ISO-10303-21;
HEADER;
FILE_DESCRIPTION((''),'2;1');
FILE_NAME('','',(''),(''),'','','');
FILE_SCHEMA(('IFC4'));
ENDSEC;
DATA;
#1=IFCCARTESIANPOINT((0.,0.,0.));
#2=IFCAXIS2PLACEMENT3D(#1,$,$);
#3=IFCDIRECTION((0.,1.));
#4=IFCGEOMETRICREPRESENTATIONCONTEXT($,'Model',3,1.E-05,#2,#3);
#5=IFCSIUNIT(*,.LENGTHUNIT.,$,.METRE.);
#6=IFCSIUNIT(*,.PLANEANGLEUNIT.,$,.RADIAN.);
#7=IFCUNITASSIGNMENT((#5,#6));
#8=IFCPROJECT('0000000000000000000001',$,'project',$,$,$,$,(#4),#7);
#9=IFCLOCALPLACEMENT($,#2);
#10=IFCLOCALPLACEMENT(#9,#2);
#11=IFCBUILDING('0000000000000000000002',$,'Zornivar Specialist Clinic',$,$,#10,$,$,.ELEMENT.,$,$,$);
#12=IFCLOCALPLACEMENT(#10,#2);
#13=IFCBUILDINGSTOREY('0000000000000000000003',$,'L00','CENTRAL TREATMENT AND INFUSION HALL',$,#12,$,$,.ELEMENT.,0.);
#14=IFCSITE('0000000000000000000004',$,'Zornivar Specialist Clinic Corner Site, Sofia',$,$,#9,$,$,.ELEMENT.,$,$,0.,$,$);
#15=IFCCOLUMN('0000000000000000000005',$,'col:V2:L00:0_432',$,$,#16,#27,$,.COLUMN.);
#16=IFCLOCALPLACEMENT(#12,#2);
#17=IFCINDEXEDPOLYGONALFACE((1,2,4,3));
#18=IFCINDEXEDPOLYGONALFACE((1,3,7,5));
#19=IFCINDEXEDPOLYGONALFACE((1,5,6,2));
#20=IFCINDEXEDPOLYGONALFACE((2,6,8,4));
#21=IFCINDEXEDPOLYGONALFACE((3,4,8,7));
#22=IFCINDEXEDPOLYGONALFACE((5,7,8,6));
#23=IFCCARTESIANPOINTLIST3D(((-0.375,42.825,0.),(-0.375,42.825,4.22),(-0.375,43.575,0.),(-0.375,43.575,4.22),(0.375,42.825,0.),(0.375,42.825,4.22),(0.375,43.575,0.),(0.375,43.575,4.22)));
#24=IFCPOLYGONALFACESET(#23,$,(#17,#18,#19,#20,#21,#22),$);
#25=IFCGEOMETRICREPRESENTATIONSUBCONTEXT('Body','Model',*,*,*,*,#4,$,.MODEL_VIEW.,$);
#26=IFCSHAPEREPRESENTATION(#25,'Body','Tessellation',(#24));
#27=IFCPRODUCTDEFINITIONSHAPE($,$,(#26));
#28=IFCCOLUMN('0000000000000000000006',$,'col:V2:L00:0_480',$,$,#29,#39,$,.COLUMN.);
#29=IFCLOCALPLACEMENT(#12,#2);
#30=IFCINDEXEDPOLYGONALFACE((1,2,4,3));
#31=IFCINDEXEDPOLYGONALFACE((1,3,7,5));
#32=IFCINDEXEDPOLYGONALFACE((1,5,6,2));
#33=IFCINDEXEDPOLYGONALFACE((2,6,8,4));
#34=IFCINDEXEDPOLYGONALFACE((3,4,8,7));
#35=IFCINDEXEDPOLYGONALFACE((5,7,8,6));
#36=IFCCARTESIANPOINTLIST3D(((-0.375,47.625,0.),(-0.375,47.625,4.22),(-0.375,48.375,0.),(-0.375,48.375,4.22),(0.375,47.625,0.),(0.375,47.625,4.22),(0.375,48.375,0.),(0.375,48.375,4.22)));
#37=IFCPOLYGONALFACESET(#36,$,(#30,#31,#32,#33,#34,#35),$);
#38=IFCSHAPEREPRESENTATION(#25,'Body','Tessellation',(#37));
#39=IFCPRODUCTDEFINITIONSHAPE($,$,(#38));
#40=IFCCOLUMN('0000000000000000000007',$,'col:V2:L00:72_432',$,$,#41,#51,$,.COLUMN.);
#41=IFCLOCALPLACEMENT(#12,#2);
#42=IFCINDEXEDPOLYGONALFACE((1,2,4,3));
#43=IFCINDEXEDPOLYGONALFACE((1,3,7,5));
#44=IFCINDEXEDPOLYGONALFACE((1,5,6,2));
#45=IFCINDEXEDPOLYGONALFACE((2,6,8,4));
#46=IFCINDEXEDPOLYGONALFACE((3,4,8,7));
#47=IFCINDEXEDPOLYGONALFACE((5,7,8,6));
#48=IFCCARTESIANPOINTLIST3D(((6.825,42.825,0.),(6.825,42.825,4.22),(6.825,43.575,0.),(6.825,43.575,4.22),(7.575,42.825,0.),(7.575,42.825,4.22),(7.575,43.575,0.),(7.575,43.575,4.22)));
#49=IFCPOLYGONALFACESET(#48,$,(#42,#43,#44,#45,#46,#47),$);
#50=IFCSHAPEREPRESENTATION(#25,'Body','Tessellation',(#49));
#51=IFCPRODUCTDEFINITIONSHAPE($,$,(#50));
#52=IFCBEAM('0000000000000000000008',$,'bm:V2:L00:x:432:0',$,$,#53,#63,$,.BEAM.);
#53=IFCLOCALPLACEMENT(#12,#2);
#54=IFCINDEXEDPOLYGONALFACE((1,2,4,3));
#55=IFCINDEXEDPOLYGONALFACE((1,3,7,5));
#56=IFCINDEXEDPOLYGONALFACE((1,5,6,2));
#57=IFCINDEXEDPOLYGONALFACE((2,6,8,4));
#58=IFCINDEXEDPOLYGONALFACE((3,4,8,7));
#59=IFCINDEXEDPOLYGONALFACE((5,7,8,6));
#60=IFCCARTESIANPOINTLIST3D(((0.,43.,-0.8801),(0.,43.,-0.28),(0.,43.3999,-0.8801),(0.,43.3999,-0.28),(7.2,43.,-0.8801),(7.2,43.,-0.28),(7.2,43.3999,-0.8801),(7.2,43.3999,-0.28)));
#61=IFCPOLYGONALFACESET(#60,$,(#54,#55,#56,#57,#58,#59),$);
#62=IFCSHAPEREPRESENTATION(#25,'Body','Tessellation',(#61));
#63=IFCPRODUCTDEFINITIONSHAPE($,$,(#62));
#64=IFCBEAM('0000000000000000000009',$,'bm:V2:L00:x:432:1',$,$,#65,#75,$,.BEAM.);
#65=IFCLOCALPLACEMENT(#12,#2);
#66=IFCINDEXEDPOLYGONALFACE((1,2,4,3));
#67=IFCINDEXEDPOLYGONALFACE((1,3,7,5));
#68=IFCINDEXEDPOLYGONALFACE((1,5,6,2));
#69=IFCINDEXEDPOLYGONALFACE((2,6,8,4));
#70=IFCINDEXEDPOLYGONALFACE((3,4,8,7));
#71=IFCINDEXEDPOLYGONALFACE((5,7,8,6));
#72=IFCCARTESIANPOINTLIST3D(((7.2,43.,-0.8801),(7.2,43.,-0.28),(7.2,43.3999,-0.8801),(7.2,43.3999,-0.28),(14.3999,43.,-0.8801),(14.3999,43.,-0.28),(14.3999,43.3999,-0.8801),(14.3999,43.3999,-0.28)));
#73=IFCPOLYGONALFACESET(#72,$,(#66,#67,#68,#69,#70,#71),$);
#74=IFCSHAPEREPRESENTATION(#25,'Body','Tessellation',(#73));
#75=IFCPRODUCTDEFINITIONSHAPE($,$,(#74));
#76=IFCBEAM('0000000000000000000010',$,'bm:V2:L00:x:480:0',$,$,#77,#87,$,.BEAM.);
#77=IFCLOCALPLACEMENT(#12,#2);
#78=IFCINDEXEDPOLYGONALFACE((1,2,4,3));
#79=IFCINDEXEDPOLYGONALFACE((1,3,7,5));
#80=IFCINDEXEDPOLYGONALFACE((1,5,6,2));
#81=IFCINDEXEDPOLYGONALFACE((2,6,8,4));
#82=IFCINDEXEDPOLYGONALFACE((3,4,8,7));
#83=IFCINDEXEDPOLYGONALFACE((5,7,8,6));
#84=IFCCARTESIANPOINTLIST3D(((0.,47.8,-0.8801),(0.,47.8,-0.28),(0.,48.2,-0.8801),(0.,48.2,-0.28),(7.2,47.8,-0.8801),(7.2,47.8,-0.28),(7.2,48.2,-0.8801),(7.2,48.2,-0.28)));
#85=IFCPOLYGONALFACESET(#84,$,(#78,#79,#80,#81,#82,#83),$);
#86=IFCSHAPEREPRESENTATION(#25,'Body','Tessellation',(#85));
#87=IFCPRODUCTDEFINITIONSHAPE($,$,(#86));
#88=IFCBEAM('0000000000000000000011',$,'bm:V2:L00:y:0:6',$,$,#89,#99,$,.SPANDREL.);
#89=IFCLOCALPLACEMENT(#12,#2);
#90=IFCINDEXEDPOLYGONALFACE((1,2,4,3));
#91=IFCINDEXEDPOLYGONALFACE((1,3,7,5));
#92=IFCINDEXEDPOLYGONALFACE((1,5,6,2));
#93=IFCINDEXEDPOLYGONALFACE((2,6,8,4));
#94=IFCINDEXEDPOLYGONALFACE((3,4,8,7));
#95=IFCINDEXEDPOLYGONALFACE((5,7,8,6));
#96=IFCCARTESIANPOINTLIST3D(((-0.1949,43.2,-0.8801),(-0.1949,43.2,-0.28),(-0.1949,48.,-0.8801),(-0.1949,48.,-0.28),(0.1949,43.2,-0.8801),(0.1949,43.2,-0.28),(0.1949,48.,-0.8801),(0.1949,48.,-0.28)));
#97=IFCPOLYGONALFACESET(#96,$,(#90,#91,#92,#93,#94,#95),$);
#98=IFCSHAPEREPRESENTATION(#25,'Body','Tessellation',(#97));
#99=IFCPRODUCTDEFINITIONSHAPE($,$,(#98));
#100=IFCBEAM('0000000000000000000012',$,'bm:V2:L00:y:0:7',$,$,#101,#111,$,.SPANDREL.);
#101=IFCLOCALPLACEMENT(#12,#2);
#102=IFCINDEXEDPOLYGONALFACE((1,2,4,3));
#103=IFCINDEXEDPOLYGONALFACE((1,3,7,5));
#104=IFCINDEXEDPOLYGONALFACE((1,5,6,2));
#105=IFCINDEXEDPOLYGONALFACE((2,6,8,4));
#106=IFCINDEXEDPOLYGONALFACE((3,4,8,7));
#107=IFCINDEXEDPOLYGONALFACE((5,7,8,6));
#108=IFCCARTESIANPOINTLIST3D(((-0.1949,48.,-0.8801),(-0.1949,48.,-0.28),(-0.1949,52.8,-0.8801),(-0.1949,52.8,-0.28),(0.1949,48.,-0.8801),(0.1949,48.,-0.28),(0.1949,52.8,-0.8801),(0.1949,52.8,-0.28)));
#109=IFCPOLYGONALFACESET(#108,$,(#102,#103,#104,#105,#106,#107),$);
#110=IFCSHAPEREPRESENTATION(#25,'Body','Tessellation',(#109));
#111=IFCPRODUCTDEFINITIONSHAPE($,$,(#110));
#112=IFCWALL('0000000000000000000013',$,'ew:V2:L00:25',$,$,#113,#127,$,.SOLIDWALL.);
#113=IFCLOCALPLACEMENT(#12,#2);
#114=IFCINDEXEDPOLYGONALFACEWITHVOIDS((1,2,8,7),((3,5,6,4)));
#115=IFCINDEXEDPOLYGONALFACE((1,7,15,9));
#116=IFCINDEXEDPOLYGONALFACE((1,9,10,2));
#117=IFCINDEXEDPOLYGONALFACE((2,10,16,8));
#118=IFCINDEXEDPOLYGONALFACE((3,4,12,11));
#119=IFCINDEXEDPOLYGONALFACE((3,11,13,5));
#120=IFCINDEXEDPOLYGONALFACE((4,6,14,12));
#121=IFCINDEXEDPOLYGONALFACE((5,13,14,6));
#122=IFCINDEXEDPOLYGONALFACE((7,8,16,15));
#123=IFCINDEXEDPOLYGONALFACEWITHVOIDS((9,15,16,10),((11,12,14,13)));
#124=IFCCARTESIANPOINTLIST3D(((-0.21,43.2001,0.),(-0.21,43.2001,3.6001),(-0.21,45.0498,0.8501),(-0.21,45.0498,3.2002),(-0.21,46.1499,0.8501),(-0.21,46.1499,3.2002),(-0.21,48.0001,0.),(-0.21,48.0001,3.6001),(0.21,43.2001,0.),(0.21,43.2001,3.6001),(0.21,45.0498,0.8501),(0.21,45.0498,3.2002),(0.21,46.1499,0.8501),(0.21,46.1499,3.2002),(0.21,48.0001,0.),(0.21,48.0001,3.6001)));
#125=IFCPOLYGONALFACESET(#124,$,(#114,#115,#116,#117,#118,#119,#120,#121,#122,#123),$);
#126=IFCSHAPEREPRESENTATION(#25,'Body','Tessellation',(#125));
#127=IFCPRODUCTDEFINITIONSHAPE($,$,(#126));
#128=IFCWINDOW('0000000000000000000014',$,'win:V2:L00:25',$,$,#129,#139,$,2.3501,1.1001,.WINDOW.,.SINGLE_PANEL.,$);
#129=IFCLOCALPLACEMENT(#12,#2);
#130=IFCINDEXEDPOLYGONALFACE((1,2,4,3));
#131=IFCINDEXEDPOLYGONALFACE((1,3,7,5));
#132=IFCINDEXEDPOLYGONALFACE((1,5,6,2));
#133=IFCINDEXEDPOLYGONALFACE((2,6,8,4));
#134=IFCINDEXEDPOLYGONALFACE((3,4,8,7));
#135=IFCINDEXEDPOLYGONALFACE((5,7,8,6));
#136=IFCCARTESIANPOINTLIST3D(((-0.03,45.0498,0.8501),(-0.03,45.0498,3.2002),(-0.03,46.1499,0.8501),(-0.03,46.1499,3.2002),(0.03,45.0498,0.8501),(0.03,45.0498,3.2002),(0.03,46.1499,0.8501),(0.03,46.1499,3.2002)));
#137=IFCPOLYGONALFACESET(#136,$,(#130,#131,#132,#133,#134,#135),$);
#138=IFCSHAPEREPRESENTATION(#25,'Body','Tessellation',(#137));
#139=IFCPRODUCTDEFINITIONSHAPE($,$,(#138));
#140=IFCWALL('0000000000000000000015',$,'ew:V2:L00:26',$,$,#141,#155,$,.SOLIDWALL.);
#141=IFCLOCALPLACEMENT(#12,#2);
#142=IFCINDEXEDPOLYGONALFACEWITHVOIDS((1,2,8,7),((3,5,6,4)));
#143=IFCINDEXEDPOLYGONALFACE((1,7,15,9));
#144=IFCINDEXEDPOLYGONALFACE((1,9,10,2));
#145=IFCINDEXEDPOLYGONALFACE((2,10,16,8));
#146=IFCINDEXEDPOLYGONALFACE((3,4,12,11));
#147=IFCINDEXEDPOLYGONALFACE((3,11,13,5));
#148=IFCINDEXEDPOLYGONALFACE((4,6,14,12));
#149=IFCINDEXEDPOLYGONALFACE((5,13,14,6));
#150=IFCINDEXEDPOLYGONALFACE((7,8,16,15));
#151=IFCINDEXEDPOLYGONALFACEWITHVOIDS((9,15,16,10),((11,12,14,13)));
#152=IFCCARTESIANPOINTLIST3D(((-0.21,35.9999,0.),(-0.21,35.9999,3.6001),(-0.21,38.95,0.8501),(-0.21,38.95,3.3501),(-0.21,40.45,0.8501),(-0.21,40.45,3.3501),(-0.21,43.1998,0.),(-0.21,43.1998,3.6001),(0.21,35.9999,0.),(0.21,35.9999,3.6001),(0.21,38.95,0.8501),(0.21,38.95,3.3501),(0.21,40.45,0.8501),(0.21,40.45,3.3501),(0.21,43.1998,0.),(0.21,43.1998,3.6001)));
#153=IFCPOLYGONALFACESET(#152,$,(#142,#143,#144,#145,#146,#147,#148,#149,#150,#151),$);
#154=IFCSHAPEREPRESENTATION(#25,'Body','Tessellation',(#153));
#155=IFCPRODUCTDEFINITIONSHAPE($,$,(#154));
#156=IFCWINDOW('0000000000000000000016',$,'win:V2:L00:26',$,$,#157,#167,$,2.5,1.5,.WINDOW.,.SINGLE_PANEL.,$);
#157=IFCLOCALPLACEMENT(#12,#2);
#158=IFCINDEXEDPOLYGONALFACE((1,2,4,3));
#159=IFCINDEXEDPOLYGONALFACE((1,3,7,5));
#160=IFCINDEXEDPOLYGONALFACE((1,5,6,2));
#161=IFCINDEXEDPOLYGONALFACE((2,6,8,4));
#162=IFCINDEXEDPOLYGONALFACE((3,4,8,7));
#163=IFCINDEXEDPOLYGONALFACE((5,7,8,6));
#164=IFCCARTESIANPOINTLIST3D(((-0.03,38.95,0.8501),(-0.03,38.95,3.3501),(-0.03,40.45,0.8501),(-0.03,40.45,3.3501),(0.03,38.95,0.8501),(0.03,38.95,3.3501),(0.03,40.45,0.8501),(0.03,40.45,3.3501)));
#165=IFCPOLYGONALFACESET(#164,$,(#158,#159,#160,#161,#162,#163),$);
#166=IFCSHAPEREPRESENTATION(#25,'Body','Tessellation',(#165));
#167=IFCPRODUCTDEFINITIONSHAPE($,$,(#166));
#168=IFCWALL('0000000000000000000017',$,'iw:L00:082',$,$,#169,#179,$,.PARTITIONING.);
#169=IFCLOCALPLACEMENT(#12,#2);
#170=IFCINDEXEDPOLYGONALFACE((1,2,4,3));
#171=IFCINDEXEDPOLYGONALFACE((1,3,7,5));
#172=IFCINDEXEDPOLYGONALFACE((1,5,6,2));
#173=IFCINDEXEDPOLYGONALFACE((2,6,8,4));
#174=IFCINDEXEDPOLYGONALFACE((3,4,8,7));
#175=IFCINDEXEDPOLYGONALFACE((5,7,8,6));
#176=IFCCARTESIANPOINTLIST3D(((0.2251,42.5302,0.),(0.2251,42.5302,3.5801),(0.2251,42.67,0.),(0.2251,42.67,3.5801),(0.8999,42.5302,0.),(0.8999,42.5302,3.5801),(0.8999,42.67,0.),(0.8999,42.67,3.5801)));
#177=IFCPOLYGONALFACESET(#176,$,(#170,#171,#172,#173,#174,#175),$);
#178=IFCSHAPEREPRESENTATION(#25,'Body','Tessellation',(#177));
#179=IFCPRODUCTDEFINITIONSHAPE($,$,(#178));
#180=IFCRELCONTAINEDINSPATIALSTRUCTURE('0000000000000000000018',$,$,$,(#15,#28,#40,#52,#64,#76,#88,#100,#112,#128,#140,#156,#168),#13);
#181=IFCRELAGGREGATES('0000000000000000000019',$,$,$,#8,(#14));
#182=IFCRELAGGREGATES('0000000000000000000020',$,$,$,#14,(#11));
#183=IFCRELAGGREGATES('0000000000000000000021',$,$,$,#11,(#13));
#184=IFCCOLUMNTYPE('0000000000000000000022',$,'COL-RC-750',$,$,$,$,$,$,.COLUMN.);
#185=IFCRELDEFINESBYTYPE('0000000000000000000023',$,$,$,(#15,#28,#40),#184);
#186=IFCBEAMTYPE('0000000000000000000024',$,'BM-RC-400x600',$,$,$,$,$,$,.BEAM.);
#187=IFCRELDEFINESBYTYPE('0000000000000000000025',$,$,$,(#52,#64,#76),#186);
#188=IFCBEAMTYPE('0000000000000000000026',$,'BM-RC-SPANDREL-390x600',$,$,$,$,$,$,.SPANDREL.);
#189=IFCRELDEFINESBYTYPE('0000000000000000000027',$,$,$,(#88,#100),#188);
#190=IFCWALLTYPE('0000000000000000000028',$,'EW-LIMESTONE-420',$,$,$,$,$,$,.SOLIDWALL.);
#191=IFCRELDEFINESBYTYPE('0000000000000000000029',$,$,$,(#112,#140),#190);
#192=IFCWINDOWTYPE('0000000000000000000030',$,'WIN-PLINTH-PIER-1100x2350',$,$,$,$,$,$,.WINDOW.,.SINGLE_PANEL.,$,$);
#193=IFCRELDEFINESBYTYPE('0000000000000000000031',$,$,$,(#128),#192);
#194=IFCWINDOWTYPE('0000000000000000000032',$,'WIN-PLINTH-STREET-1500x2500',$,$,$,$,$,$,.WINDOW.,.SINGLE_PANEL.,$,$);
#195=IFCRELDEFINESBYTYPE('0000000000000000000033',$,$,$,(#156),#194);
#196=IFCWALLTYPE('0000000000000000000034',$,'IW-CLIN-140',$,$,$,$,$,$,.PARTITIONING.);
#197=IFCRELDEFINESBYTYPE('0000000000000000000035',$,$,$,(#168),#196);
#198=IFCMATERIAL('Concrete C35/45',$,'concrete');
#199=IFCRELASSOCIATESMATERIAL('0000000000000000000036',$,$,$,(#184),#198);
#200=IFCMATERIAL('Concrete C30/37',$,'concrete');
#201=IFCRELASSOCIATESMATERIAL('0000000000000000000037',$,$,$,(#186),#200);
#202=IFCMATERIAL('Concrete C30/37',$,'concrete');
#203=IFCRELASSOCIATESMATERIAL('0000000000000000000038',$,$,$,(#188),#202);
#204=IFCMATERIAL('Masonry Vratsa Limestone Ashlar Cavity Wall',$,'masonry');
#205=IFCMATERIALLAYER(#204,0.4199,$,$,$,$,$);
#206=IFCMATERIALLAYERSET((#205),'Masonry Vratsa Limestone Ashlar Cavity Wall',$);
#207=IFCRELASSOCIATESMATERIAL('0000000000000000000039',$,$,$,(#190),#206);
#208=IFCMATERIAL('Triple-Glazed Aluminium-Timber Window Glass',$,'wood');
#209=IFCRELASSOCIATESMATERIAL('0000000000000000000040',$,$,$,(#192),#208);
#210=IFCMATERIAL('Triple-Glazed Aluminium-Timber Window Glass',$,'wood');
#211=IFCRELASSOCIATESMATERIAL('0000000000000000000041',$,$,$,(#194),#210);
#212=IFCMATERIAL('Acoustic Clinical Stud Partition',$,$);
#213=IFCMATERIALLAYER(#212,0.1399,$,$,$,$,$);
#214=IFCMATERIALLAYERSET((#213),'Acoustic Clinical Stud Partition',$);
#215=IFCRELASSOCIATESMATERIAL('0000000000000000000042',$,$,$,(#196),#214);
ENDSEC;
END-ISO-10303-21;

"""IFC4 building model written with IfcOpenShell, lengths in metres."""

from ifc_helpers import new_model, si_unit, direction, frame, frame_2d, origin, origin_2d, place, context, subcontext, project, spatial, rectangle, extrude, material, layer, layer_set, material_profile, profile_set, type_object, element, fill, save


model = new_model("IFC4")

# Units and contexts
model_context = context("Model", 3, precision=1e-05, world=origin(), true_north=direction((0.0, 1.0)))
body_context = subcontext(model_context, "Body", "Model", "MODEL_VIEW")
ifc_project = project(units=[si_unit("LENGTHUNIT", "METRE"), si_unit("PLANEANGLEUNIT", "RADIAN")], contexts=[model_context])

# Site, building, storey
site_placement = place(None, origin())
site = spatial("IfcSite", under=ifc_project, at=site_placement, Name="Zornivar Specialist Clinic Corner Site, Sofia", CompositionType="ELEMENT", RefElevation=0.0)
building_placement = place(site_placement, origin())
building = spatial("IfcBuilding", under=site, at=building_placement, Name="Zornivar Specialist Clinic", CompositionType="ELEMENT")
storey_placement = place(building_placement, origin())
storey = spatial("IfcBuildingStorey", under=building, at=storey_placement, Name="L00", Description="CENTRAL TREATMENT AND INFUSION HALL", CompositionType="ELEMENT", Elevation=0.0)

# Columns
ifc_material_1 = material(Name="Concrete C35/45", Category="concrete")
ifc_material_profile_1 = material_profile(ifc_material_1, rectangle(XDim=0.75, YDim=0.75, at=origin_2d()), Name="RC 750x750")
ifc_profile_set_1 = profile_set([ifc_material_profile_1], Name="Concrete C35/45")
column_type = type_object("IfcColumnType", Name="COL-RC-750", PredefinedType="COLUMN", material=ifc_profile_set_1)
for number, where, z_axis, x_axis, name in (
    (1, (0.0, 43.2, 0.0), (0.0, 0.0, 1.0), (1.0, 0.0, 0.0), "col:V2:L00:0_432"),
    (2, (0.0, 48.0, 0.0), (0.0, 0.0, 1.0), (1.0, 0.0, 0.0), "col:V2:L00:0_480"),
    (3, (7.2, 43.2, 0.0), (0.0, 0.0, 1.0), (1.0, 0.0, 0.0), "col:V2:L00:72_432"),
):
    element("IfcColumn", number, at=place(storey_placement, frame(where, z_axis=z_axis, x_axis=x_axis)), inside=storey, type_object=column_type, Name=name, PredefinedType="COLUMN", context=body_context, shape_type="SweptSolid", body=[
        extrude(rectangle(XDim=0.75, YDim=0.75, at=origin_2d()), origin(), (0.0, 0.0, 1.0), 4.22),
    ])

# Beams
ifc_material_2 = material(Name="Concrete C30/37", Category="concrete")
ifc_material_profile_2 = material_profile(ifc_material_2, rectangle(XDim=0.3999, YDim=0.6001, at=origin_2d()), Name="RC 400x600")
ifc_profile_set_2 = profile_set([ifc_material_profile_2], Name="Concrete C30/37")
beam_type_1 = type_object("IfcBeamType", Name="BM-RC-400x600", PredefinedType="BEAM", material=ifc_profile_set_2)
for number, where, z_axis, x_axis, name in (
    (4, (0.0, 43.2, -0.5801), (1.0, 0.0, 0.0), (0.0, 1.0, 0.0), "bm:V2:L00:x:432:0"),
    (5, (7.2, 43.2, -0.5801), (1.0, 0.0, 0.0), (0.0, 1.0, 0.0), "bm:V2:L00:x:432:1"),
    (6, (0.0, 48.0, -0.5801), (1.0, 0.0, 0.0), (0.0, 1.0, 0.0), "bm:V2:L00:x:480:0"),
):
    element("IfcBeam", number, at=place(storey_placement, frame(where, z_axis=z_axis, x_axis=x_axis)), inside=storey, type_object=beam_type_1, Name=name, PredefinedType="BEAM", context=body_context, shape_type="SweptSolid", body=[
        extrude(rectangle(XDim=0.3999, YDim=0.6001, at=origin_2d()), origin(), (0.0, 0.0, 1.0), 7.2),
    ])
ifc_material_3 = material(Name="Concrete C30/37", Category="concrete")
ifc_material_profile_3 = material_profile(ifc_material_3, rectangle(XDim=0.3899, YDim=0.6001, at=origin_2d()), Name="RC 390x600")
ifc_profile_set_3 = profile_set([ifc_material_profile_3], Name="Concrete C30/37")
beam_type_2 = type_object("IfcBeamType", Name="BM-RC-SPANDREL-390x600", PredefinedType="SPANDREL", material=ifc_profile_set_3)
for number, where, z_axis, x_axis, name in (
    (7, (0.0, 43.2, -0.5801), (0.0, 1.0, 0.0), (-1.0, 0.0, 0.0), "bm:V2:L00:y:0:6"),
    (8, (0.0, 48.0, -0.5801), (0.0, 1.0, 0.0), (-1.0, 0.0, 0.0), "bm:V2:L00:y:0:7"),
):
    element("IfcBeam", number, at=place(storey_placement, frame(where, z_axis=z_axis, x_axis=x_axis)), inside=storey, type_object=beam_type_2, Name=name, PredefinedType="SPANDREL", context=body_context, shape_type="SweptSolid", body=[
        extrude(rectangle(XDim=0.3899, YDim=0.6001, at=origin_2d()), origin(), (0.0, 0.0, 1.0), 4.8),
    ])

# Walls, openings, windows
ifc_material_4 = material(Name="Masonry Vratsa Limestone Ashlar Cavity Wall", Category="masonry")
ifc_layer_1 = layer(ifc_material_4, 0.4199)
ifc_layer_set_1 = layer_set([ifc_layer_1], Name="Masonry Vratsa Limestone Ashlar Cavity Wall")
wall_type_1 = type_object("IfcWallType", Name="EW-LIMESTONE-420", PredefinedType="SOLIDWALL", material=ifc_layer_set_1)
wall_1_placement = place(storey_placement, frame((0.0, 48.0, 0.0), z_axis=(0.0, 0.0, 1.0), x_axis=(0.0, -1.0, 0.0)))
wall_1 = element("IfcWall", 9, at=wall_1_placement, inside=storey, type_object=wall_type_1, Name="ew:V2:L00:25", PredefinedType="SOLIDWALL", context=body_context, shape_type="SweptSolid", body=[
    extrude(rectangle(XDim=4.8, YDim=0.4199, at=frame_2d((2.3999, 0.0))), origin(), (0.0, 0.0, 1.0), 3.6001),
])
opening_1_placement = place(wall_1_placement, frame((1.8501, 0.0, 0.8501)))
opening_1 = element("IfcOpeningElement", 10, at=opening_1_placement, cuts=wall_1, PredefinedType="OPENING", context=body_context, shape_type="SweptSolid", body=[
    extrude(rectangle(XDim=1.1001, YDim=2.3501, at=frame_2d((0.55, 1.175))), frame((0.0, 0.22, 0.0), z_axis=(0.0, -1.0, 0.0), x_axis=(1.0, 0.0, 0.0)), (0.0, 0.0, 1.0), 0.4399),
])
ifc_material_5 = material(Name="Triple-Glazed Aluminium-Timber Window Glass", Category="wood")
window_type_1 = type_object("IfcWindowType", Name="WIN-PLINTH-PIER-1100x2350", PartitioningType="SINGLE_PANEL", PredefinedType="WINDOW", material=ifc_material_5)
window_1_placement = place(opening_1_placement, origin())
window_1 = element("IfcWindow", 11, at=window_1_placement, inside=storey, type_object=window_type_1, Name="win:V2:L00:25", OverallHeight=2.3501, OverallWidth=1.1001, PartitioningType="SINGLE_PANEL", PredefinedType="WINDOW", context=body_context, shape_type="SweptSolid", body=[
    extrude(rectangle(XDim=1.1001, YDim=2.3501, at=frame_2d((0.55, 1.175))), frame((0.0, 0.03, 0.0), z_axis=(0.0, -1.0, 0.0), x_axis=(1.0, 0.0, 0.0)), (0.0, 0.0, 1.0), 0.0601),
])
fill(opening_1, window_1)
wall_2_placement = place(storey_placement, frame((0.0, 43.2, 0.0), z_axis=(0.0, 0.0, 1.0), x_axis=(0.0, -1.0, 0.0)))
wall_2 = element("IfcWall", 12, at=wall_2_placement, inside=storey, type_object=wall_type_1, Name="ew:V2:L00:26", PredefinedType="SOLIDWALL", context=body_context, shape_type="SweptSolid", body=[
    extrude(rectangle(XDim=7.2, YDim=0.4199, at=frame_2d((3.6001, 0.0))), origin(), (0.0, 0.0, 1.0), 3.6001),
])
opening_2_placement = place(wall_2_placement, frame((2.75, 0.0, 0.8501)))
opening_2 = element("IfcOpeningElement", 13, at=opening_2_placement, cuts=wall_2, PredefinedType="OPENING", context=body_context, shape_type="SweptSolid", body=[
    extrude(rectangle(XDim=1.5, YDim=2.5, at=frame_2d((0.75, 1.25))), frame((0.0, 0.22, 0.0), z_axis=(0.0, -1.0, 0.0), x_axis=(1.0, 0.0, 0.0)), (0.0, 0.0, 1.0), 0.4399),
])
ifc_material_6 = material(Name="Triple-Glazed Aluminium-Timber Window Glass", Category="wood")
window_type_2 = type_object("IfcWindowType", Name="WIN-PLINTH-STREET-1500x2500", PartitioningType="SINGLE_PANEL", PredefinedType="WINDOW", material=ifc_material_6)
window_2_placement = place(opening_2_placement, origin())
window_2 = element("IfcWindow", 14, at=window_2_placement, inside=storey, type_object=window_type_2, Name="win:V2:L00:26", OverallHeight=2.5, OverallWidth=1.5, PartitioningType="SINGLE_PANEL", PredefinedType="WINDOW", context=body_context, shape_type="SweptSolid", body=[
    extrude(rectangle(XDim=1.5, YDim=2.5, at=frame_2d((0.75, 1.25))), frame((0.0, 0.03, 0.0), z_axis=(0.0, -1.0, 0.0), x_axis=(1.0, 0.0, 0.0)), (0.0, 0.0, 1.0), 0.0601),
])
fill(opening_2, window_2)

# Wall
ifc_material_7 = material(Name="Acoustic Clinical Stud Partition")
ifc_layer_2 = layer(ifc_material_7, 0.1399)
ifc_layer_set_2 = layer_set([ifc_layer_2], Name="Acoustic Clinical Stud Partition")
wall_type_2 = type_object("IfcWallType", Name="IW-CLIN-140", PredefinedType="PARTITIONING", material=ifc_layer_set_2)
wall_3_placement = place(storey_placement, frame((0.8999, 42.6001, 0.0), z_axis=(0.0, 0.0, 1.0), x_axis=(-1.0, 0.0, 0.0)))
element("IfcWall", 15, at=wall_3_placement, inside=storey, type_object=wall_type_2, Name="iw:L00:082", PredefinedType="PARTITIONING", context=body_context, shape_type="SweptSolid", body=[
    extrude(rectangle(XDim=0.6748, YDim=0.1399, at=frame_2d((0.3374, 0.0))), origin(), (0.0, 0.0, 1.0), 3.5801),
])

save(model, "model.ifc")
